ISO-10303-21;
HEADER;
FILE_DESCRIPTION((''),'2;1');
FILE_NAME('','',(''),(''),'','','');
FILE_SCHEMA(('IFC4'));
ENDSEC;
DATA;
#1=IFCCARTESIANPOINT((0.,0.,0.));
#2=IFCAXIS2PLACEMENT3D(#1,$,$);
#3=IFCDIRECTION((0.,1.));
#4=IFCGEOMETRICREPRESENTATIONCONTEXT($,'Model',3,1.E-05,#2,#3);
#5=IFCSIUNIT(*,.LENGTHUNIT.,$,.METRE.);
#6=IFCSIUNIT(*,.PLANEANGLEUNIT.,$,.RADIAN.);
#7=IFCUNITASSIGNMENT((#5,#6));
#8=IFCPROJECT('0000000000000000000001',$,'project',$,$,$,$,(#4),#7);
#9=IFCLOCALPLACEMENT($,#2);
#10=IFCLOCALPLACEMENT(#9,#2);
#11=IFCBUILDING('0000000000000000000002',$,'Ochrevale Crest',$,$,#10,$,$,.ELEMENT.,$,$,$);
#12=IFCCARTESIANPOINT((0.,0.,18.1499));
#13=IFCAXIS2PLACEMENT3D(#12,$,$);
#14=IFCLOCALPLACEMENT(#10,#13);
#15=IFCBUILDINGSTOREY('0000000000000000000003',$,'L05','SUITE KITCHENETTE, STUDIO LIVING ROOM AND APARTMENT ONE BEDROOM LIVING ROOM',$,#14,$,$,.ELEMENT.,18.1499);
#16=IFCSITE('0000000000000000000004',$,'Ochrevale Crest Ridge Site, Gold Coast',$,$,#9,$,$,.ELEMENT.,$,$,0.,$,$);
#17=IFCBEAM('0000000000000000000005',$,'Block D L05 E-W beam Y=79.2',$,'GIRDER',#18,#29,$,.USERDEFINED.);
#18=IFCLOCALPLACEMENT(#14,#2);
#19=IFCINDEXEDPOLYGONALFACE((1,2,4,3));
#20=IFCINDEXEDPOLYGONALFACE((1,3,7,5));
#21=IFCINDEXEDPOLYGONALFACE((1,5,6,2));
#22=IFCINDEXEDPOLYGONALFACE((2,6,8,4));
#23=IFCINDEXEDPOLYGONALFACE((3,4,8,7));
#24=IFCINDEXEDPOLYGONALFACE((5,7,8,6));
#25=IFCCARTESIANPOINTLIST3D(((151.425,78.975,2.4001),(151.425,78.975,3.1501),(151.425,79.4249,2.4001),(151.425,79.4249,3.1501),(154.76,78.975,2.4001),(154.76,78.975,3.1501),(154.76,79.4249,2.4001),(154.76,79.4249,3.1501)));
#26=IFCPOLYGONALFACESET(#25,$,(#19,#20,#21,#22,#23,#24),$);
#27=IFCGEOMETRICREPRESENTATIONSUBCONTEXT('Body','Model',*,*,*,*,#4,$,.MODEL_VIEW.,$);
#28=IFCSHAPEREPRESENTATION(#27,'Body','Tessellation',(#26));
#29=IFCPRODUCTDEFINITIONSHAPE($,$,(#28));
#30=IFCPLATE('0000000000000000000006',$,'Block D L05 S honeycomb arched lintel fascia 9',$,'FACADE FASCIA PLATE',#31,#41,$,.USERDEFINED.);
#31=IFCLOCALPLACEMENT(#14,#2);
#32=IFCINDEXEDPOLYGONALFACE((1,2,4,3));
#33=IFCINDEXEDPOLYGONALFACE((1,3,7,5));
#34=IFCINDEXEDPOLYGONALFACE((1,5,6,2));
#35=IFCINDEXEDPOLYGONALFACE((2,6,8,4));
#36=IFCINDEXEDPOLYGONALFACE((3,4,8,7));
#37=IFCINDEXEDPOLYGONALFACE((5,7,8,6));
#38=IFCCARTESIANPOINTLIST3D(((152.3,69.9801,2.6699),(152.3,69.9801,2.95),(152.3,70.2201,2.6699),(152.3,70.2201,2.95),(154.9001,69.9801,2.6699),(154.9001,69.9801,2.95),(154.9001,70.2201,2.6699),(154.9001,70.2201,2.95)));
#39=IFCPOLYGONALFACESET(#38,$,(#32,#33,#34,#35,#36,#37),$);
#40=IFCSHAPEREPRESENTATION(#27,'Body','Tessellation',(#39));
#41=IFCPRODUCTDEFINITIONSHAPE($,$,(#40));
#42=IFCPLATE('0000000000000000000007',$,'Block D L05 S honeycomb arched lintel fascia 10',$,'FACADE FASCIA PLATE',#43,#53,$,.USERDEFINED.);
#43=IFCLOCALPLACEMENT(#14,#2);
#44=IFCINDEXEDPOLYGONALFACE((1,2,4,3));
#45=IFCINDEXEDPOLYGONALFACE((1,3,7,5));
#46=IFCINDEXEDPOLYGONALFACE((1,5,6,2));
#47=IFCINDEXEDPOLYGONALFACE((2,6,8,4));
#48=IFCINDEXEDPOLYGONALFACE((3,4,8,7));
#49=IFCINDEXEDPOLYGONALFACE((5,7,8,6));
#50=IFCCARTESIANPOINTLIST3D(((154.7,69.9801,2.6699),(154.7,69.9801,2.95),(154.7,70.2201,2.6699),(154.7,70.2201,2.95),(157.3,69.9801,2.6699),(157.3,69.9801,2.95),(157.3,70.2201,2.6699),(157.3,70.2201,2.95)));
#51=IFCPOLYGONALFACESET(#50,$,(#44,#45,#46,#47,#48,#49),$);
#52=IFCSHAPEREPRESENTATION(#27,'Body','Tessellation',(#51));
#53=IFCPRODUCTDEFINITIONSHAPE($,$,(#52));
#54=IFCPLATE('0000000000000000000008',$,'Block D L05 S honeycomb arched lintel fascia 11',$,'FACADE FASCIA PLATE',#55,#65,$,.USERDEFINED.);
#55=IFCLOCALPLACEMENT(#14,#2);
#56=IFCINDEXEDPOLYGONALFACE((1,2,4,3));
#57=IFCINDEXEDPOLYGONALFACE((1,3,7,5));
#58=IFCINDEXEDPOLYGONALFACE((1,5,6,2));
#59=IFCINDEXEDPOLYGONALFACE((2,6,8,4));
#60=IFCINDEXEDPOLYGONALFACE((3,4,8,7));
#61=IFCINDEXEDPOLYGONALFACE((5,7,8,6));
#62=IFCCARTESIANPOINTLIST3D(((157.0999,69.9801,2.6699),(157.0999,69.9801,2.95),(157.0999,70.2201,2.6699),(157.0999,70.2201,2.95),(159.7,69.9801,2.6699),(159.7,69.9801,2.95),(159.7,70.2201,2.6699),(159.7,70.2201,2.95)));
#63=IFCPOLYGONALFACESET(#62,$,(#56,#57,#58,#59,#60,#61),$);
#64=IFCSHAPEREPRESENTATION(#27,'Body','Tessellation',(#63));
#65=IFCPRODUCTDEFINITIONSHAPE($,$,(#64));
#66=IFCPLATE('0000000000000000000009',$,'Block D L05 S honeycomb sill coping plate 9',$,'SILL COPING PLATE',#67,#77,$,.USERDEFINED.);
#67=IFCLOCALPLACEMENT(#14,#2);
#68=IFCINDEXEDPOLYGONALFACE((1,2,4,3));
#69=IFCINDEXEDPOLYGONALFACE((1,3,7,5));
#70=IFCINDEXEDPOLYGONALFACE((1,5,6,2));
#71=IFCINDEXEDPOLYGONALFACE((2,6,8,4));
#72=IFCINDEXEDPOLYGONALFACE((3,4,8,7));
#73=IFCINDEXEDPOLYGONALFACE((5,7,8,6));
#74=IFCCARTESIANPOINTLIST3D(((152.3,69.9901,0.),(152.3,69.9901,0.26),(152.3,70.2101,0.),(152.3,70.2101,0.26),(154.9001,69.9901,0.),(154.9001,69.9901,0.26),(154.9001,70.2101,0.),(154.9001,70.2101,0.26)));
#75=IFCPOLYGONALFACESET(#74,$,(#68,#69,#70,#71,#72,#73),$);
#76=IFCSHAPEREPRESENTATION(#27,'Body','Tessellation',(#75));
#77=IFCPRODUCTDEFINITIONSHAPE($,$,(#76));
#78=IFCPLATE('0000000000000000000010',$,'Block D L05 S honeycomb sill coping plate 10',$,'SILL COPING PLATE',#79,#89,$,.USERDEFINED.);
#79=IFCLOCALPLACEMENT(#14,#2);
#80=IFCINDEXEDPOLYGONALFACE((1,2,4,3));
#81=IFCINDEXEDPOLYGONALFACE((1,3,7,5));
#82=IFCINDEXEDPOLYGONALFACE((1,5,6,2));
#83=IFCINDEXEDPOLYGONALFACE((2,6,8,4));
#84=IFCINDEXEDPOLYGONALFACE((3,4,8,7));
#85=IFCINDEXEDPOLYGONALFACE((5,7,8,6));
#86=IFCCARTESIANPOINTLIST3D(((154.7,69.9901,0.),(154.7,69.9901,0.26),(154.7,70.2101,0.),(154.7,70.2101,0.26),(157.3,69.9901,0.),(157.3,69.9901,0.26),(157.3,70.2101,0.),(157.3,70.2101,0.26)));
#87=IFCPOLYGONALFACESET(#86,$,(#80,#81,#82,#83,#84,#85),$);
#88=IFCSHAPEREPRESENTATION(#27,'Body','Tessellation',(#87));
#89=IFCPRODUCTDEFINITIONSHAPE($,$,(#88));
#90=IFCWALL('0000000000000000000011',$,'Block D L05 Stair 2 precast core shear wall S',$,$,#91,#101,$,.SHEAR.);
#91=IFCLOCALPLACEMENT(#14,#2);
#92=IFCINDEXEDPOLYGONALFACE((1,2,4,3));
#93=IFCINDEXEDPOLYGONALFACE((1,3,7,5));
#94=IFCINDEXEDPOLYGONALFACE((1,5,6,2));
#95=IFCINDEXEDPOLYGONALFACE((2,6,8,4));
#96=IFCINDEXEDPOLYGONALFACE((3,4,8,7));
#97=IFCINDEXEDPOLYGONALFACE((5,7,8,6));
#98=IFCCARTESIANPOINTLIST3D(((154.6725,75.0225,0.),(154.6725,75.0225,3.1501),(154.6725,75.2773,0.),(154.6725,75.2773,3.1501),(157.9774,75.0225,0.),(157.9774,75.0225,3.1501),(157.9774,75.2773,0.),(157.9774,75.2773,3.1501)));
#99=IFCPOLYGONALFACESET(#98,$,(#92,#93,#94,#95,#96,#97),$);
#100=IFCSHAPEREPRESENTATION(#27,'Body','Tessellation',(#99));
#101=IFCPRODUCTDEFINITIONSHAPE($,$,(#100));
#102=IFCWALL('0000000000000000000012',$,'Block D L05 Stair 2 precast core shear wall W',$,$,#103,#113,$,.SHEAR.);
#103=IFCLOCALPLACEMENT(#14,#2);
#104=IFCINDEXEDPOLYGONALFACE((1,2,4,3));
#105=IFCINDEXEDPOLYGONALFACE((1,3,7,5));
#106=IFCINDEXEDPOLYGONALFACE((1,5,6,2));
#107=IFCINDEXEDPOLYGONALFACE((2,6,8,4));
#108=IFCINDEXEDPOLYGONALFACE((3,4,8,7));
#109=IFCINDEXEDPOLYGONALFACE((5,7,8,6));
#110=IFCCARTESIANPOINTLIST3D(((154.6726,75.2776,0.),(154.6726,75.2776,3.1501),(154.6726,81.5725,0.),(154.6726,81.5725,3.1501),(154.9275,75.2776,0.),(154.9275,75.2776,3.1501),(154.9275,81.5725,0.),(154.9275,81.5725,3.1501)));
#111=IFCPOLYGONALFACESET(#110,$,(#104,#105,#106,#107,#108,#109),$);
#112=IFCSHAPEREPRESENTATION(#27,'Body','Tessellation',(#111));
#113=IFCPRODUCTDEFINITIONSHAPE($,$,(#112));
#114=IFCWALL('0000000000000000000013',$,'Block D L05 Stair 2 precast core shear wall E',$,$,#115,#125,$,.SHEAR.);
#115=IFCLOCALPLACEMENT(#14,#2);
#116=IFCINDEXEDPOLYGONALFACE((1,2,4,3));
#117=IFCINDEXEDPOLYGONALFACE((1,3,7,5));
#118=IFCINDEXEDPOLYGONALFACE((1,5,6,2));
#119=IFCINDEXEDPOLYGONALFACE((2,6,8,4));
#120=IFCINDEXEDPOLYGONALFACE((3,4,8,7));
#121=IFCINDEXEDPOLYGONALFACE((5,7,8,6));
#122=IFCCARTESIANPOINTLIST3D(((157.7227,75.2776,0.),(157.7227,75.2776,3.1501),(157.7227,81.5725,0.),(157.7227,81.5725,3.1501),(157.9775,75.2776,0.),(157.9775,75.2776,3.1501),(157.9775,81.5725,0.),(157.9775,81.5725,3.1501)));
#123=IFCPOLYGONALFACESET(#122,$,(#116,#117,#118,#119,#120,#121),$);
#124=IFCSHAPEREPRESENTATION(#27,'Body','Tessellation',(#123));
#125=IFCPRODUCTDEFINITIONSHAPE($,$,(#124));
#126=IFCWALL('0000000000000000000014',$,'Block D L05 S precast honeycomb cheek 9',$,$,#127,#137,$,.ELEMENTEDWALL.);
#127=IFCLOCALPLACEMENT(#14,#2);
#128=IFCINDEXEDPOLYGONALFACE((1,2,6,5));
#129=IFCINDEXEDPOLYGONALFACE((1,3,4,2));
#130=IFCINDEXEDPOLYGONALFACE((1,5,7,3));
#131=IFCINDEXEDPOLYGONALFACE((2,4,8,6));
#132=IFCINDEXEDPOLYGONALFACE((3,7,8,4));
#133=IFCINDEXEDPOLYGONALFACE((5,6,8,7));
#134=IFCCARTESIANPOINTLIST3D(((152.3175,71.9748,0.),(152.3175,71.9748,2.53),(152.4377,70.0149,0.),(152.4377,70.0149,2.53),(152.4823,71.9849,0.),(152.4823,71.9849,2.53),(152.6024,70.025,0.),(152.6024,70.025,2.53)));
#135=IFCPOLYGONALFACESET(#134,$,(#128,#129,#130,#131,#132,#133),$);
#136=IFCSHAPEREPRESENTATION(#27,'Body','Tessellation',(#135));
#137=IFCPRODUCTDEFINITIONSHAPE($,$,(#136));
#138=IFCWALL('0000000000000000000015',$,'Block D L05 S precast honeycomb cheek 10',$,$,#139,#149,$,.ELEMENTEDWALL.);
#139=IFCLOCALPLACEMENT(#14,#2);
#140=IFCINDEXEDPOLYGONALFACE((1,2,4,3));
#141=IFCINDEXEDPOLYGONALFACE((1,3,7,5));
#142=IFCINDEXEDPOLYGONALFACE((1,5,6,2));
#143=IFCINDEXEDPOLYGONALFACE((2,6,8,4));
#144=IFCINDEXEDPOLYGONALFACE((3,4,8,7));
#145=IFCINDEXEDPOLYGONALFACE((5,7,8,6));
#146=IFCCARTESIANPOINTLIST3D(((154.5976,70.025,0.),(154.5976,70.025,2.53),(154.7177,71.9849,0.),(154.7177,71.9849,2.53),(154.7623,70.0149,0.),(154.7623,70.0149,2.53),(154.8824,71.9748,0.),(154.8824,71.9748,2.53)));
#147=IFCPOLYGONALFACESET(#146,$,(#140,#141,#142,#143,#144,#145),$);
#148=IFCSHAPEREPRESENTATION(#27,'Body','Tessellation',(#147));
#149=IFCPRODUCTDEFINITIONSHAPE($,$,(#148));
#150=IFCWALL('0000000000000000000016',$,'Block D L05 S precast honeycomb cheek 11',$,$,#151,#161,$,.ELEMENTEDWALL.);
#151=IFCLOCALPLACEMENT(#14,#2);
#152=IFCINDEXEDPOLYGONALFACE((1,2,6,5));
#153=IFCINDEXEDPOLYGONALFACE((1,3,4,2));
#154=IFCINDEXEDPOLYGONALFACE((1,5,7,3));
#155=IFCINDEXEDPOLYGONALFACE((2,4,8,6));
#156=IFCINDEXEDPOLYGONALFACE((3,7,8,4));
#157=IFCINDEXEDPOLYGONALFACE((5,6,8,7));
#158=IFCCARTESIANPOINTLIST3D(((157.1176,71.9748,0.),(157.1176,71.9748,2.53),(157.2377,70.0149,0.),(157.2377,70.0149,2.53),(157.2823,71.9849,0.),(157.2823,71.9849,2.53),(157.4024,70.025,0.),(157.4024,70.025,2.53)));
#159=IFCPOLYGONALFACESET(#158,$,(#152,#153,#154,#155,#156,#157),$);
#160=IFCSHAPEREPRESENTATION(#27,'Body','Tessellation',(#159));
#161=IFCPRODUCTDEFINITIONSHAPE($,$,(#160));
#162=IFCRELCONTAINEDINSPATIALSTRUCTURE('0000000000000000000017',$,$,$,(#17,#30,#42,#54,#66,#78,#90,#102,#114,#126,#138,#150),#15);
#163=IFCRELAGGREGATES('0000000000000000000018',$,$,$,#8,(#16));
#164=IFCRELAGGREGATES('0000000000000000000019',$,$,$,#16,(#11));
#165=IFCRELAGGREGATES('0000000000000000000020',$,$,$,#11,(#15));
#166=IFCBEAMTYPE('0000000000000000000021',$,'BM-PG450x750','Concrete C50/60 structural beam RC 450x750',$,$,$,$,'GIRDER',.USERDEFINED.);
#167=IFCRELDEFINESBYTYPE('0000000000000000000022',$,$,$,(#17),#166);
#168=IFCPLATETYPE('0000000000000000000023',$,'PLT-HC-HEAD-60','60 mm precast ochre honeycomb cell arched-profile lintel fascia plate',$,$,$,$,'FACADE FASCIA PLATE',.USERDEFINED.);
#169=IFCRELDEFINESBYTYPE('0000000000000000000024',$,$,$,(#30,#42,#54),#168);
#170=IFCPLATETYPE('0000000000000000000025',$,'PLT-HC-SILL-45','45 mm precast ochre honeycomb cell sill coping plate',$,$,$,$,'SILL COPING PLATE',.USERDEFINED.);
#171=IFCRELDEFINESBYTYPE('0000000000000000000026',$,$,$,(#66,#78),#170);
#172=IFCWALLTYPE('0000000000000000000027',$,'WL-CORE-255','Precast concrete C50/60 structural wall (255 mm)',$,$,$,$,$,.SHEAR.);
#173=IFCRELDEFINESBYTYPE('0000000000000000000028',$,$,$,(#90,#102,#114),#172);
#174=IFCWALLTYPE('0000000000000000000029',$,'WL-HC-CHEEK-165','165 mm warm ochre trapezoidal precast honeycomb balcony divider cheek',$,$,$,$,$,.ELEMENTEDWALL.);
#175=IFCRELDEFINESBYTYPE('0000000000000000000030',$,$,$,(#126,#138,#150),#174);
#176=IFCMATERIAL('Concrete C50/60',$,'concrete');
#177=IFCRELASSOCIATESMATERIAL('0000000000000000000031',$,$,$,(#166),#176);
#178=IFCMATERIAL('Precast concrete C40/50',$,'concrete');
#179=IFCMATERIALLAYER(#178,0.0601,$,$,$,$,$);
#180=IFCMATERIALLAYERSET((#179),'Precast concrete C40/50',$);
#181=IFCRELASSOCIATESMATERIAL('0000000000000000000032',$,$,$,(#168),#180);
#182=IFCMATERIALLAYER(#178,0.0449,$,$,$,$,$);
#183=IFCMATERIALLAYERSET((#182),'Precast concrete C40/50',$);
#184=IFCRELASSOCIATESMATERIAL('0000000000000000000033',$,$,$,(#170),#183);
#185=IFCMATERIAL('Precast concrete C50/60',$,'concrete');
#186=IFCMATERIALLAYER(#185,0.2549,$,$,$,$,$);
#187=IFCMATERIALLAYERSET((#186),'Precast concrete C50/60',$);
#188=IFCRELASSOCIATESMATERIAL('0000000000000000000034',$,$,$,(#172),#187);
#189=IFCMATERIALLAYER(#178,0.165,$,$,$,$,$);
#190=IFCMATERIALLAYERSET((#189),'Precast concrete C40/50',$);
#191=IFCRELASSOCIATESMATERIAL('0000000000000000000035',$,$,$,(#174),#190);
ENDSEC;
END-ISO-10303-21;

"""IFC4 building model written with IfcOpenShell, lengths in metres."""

from ifc_helpers import new_model, si_unit, direction, frame, frame_2d, origin, origin_2d, place, context, subcontext, project, spatial, rectangle, extrude, material, layer, layer_set, material_profile, profile_set, type_object, element, save


model = new_model("IFC4")

# Units and contexts
model_context = context("Model", 3, precision=1e-05, world=origin(), true_north=direction((0.0, 1.0)))
body_context = subcontext(model_context, "Body", "Model", "MODEL_VIEW")
ifc_project = project(units=[si_unit("LENGTHUNIT", "METRE"), si_unit("PLANEANGLEUNIT", "RADIAN")], contexts=[model_context])

# Site, building, storey
site_placement = place(None, origin())
site = spatial("IfcSite", under=ifc_project, at=site_placement, Name="Ochrevale Crest Ridge Site, Gold Coast", CompositionType="ELEMENT", RefElevation=0.0)
building_placement = place(site_placement, origin())
building = spatial("IfcBuilding", under=site, at=building_placement, Name="Ochrevale Crest", CompositionType="ELEMENT")
storey_placement = place(building_placement, frame((0.0, 0.0, 18.1499)))
storey = spatial("IfcBuildingStorey", under=building, at=storey_placement, Name="L05", Description="SUITE KITCHENETTE, STUDIO LIVING ROOM AND APARTMENT ONE BEDROOM LIVING ROOM", CompositionType="ELEMENT", Elevation=18.1499)

# Beam
ifc_material_1 = material(Name="Concrete C50/60", Category="concrete")
ifc_material_profile = material_profile(ifc_material_1, rectangle(XDim=0.45, YDim=0.75, at=origin_2d()), Name="RC 450x750")
ifc_profile_set = profile_set([ifc_material_profile], Name="Concrete C50/60")
beam_type = type_object("IfcBeamType", Name="BM-PG450x750", Description="Concrete C50/60 structural beam RC 450x750", ElementType="GIRDER", PredefinedType="USERDEFINED", material=ifc_profile_set)
beam_placement = place(storey_placement, frame((151.425, 79.2, 2.7751), z_axis=(1.0, 0.0, 0.0), x_axis=(0.0, 1.0, 0.0)))
element("IfcBeam", 1, at=beam_placement, inside=storey, type_object=beam_type, Name="Block D L05 E-W beam Y=79.2", ObjectType="GIRDER", PredefinedType="USERDEFINED", context=body_context, shape_type="SweptSolid", body=[
    extrude(rectangle(XDim=0.45, YDim=0.75, at=origin_2d()), origin(), (0.0, 0.0, 1.0), 3.335),
])

# Plates
ifc_material_2 = material(Name="Precast concrete C40/50", Category="concrete")
ifc_layer_1 = layer(ifc_material_2, 0.0601)
ifc_layer_set_1 = layer_set([ifc_layer_1], Name="Precast concrete C40/50")
plate_type_1 = type_object("IfcPlateType", Name="PLT-HC-HEAD-60", Description="60 mm precast ochre honeycomb cell arched-profile lintel fascia plate", ElementType="FACADE FASCIA PLATE", PredefinedType="USERDEFINED", material=ifc_layer_set_1)
for number, where, z_axis, x_axis, name in (
    (2, (153.6001, 70.1001, 2.6699), (0.0, 0.0, 1.0), (1.0, 0.0, 0.0), "Block D L05 S honeycomb arched lintel fascia 9"),
    (3, (156.0, 70.1001, 2.6699), (0.0, 0.0, 1.0), (1.0, 0.0, 0.0), "Block D L05 S honeycomb arched lintel fascia 10"),
    (4, (158.3999, 70.1001, 2.6699), (0.0, 0.0, 1.0), (1.0, 0.0, 0.0), "Block D L05 S honeycomb arched lintel fascia 11"),
):
    element("IfcPlate", number, at=place(storey_placement, frame(where, z_axis=z_axis, x_axis=x_axis)), inside=storey, type_object=plate_type_1, Name=name, ObjectType="FACADE FASCIA PLATE", PredefinedType="USERDEFINED", context=body_context, shape_type="SweptSolid", body=[
        extrude(rectangle(XDim=2.6001, YDim=0.24, at=origin_2d()), origin(), (0.0, 0.0, 1.0), 0.28),
    ])
ifc_layer_2 = layer(ifc_material_2, 0.0449)
ifc_layer_set_2 = layer_set([ifc_layer_2], Name="Precast concrete C40/50")
plate_type_2 = type_object("IfcPlateType", Name="PLT-HC-SILL-45", Description="45 mm precast ochre honeycomb cell sill coping plate", ElementType="SILL COPING PLATE", PredefinedType="USERDEFINED", material=ifc_layer_set_2)
for number, where, z_axis, x_axis, name in (
    (5, (153.6001, 70.1001, 0.0), (0.0, 0.0, 1.0), (1.0, 0.0, 0.0), "Block D L05 S honeycomb sill coping plate 9"),
    (6, (156.0, 70.1001, 0.0), (0.0, 0.0, 1.0), (1.0, 0.0, 0.0), "Block D L05 S honeycomb sill coping plate 10"),
):
    element("IfcPlate", number, at=place(storey_placement, frame(where, z_axis=z_axis, x_axis=x_axis)), inside=storey, type_object=plate_type_2, Name=name, ObjectType="SILL COPING PLATE", PredefinedType="USERDEFINED", context=body_context, shape_type="SweptSolid", body=[
        extrude(rectangle(XDim=2.6001, YDim=0.22, at=origin_2d()), origin(), (0.0, 0.0, 1.0), 0.26),
    ])

# Walls
ifc_material_3 = material(Name="Precast concrete C50/60", Category="concrete")
ifc_layer_3 = layer(ifc_material_3, 0.2549)
ifc_layer_set_3 = layer_set([ifc_layer_3], Name="Precast concrete C50/60")
wall_type_1 = type_object("IfcWallType", Name="WL-CORE-255", Description="Precast concrete C50/60 structural wall (255 mm)", PredefinedType="SHEAR", material=ifc_layer_set_3)
wall_1_placement = place(storey_placement, frame((154.6726, 75.1499, 0.0), z_axis=(0.0, 0.0, 1.0), x_axis=(1.0, 0.0, 0.0)))
element("IfcWall", 7, at=wall_1_placement, inside=storey, type_object=wall_type_1, Name="Block D L05 Stair 2 precast core shear wall S", PredefinedType="SHEAR", context=body_context, shape_type="SweptSolid", body=[
    extrude(rectangle(XDim=3.3049, YDim=0.2549, at=frame_2d((1.6523, 0.0))), origin(), (0.0, 0.0, 1.0), 3.1501),
])
for number, where, z_axis, x_axis, name in (
    (8, (154.8, 75.2776, 0.0), (0.0, 0.0, 1.0), (0.0, 1.0, 0.0), "Block D L05 Stair 2 precast core shear wall W"),
    (9, (157.8501, 75.2776, 0.0), (0.0, 0.0, 1.0), (0.0, 1.0, 0.0), "Block D L05 Stair 2 precast core shear wall E"),
):
    element("IfcWall", number, at=place(storey_placement, frame(where, z_axis=z_axis, x_axis=x_axis)), inside=storey, type_object=wall_type_1, Name=name, PredefinedType="SHEAR", context=body_context, shape_type="SweptSolid", body=[
        extrude(rectangle(XDim=6.2949, YDim=0.2549, at=frame_2d((3.1475, 0.0))), origin(), (0.0, 0.0, 1.0), 3.1501),
    ])
ifc_layer_4 = layer(ifc_material_2, 0.165)
ifc_layer_set_4 = layer_set([ifc_layer_4], Name="Precast concrete C40/50")
wall_type_2 = type_object("IfcWallType", Name="WL-HC-CHEEK-165", Description="165 mm warm ochre trapezoidal precast honeycomb balcony divider cheek", PredefinedType="ELEMENTEDWALL", material=ifc_layer_set_4)
for number, where, z_axis, x_axis, name in (
    (10, (152.3999, 71.98, 0.0), (0.0, 0.0, 1.0), (0.061171, -0.998127, 0.0), "Block D L05 S precast honeycomb cheek 9"),
    (11, (154.8, 71.98, 0.0), (0.0, 0.0, 1.0), (-0.061171, -0.998127, 0.0), "Block D L05 S precast honeycomb cheek 10"),
    (12, (157.2, 71.98, 0.0), (0.0, 0.0, 1.0), (0.061171, -0.998127, 0.0), "Block D L05 S precast honeycomb cheek 11"),
):
    element("IfcWall", number, at=place(storey_placement, frame(where, z_axis=z_axis, x_axis=x_axis)), inside=storey, type_object=wall_type_2, Name=name, PredefinedType="ELEMENTEDWALL", context=body_context, shape_type="SweptSolid", body=[
        extrude(rectangle(XDim=1.9636, YDim=0.165, at=frame_2d((0.9819, 0.0))), origin(), (0.0, 0.0, 1.0), 2.53),
    ])

save(model, "model.ifc")
